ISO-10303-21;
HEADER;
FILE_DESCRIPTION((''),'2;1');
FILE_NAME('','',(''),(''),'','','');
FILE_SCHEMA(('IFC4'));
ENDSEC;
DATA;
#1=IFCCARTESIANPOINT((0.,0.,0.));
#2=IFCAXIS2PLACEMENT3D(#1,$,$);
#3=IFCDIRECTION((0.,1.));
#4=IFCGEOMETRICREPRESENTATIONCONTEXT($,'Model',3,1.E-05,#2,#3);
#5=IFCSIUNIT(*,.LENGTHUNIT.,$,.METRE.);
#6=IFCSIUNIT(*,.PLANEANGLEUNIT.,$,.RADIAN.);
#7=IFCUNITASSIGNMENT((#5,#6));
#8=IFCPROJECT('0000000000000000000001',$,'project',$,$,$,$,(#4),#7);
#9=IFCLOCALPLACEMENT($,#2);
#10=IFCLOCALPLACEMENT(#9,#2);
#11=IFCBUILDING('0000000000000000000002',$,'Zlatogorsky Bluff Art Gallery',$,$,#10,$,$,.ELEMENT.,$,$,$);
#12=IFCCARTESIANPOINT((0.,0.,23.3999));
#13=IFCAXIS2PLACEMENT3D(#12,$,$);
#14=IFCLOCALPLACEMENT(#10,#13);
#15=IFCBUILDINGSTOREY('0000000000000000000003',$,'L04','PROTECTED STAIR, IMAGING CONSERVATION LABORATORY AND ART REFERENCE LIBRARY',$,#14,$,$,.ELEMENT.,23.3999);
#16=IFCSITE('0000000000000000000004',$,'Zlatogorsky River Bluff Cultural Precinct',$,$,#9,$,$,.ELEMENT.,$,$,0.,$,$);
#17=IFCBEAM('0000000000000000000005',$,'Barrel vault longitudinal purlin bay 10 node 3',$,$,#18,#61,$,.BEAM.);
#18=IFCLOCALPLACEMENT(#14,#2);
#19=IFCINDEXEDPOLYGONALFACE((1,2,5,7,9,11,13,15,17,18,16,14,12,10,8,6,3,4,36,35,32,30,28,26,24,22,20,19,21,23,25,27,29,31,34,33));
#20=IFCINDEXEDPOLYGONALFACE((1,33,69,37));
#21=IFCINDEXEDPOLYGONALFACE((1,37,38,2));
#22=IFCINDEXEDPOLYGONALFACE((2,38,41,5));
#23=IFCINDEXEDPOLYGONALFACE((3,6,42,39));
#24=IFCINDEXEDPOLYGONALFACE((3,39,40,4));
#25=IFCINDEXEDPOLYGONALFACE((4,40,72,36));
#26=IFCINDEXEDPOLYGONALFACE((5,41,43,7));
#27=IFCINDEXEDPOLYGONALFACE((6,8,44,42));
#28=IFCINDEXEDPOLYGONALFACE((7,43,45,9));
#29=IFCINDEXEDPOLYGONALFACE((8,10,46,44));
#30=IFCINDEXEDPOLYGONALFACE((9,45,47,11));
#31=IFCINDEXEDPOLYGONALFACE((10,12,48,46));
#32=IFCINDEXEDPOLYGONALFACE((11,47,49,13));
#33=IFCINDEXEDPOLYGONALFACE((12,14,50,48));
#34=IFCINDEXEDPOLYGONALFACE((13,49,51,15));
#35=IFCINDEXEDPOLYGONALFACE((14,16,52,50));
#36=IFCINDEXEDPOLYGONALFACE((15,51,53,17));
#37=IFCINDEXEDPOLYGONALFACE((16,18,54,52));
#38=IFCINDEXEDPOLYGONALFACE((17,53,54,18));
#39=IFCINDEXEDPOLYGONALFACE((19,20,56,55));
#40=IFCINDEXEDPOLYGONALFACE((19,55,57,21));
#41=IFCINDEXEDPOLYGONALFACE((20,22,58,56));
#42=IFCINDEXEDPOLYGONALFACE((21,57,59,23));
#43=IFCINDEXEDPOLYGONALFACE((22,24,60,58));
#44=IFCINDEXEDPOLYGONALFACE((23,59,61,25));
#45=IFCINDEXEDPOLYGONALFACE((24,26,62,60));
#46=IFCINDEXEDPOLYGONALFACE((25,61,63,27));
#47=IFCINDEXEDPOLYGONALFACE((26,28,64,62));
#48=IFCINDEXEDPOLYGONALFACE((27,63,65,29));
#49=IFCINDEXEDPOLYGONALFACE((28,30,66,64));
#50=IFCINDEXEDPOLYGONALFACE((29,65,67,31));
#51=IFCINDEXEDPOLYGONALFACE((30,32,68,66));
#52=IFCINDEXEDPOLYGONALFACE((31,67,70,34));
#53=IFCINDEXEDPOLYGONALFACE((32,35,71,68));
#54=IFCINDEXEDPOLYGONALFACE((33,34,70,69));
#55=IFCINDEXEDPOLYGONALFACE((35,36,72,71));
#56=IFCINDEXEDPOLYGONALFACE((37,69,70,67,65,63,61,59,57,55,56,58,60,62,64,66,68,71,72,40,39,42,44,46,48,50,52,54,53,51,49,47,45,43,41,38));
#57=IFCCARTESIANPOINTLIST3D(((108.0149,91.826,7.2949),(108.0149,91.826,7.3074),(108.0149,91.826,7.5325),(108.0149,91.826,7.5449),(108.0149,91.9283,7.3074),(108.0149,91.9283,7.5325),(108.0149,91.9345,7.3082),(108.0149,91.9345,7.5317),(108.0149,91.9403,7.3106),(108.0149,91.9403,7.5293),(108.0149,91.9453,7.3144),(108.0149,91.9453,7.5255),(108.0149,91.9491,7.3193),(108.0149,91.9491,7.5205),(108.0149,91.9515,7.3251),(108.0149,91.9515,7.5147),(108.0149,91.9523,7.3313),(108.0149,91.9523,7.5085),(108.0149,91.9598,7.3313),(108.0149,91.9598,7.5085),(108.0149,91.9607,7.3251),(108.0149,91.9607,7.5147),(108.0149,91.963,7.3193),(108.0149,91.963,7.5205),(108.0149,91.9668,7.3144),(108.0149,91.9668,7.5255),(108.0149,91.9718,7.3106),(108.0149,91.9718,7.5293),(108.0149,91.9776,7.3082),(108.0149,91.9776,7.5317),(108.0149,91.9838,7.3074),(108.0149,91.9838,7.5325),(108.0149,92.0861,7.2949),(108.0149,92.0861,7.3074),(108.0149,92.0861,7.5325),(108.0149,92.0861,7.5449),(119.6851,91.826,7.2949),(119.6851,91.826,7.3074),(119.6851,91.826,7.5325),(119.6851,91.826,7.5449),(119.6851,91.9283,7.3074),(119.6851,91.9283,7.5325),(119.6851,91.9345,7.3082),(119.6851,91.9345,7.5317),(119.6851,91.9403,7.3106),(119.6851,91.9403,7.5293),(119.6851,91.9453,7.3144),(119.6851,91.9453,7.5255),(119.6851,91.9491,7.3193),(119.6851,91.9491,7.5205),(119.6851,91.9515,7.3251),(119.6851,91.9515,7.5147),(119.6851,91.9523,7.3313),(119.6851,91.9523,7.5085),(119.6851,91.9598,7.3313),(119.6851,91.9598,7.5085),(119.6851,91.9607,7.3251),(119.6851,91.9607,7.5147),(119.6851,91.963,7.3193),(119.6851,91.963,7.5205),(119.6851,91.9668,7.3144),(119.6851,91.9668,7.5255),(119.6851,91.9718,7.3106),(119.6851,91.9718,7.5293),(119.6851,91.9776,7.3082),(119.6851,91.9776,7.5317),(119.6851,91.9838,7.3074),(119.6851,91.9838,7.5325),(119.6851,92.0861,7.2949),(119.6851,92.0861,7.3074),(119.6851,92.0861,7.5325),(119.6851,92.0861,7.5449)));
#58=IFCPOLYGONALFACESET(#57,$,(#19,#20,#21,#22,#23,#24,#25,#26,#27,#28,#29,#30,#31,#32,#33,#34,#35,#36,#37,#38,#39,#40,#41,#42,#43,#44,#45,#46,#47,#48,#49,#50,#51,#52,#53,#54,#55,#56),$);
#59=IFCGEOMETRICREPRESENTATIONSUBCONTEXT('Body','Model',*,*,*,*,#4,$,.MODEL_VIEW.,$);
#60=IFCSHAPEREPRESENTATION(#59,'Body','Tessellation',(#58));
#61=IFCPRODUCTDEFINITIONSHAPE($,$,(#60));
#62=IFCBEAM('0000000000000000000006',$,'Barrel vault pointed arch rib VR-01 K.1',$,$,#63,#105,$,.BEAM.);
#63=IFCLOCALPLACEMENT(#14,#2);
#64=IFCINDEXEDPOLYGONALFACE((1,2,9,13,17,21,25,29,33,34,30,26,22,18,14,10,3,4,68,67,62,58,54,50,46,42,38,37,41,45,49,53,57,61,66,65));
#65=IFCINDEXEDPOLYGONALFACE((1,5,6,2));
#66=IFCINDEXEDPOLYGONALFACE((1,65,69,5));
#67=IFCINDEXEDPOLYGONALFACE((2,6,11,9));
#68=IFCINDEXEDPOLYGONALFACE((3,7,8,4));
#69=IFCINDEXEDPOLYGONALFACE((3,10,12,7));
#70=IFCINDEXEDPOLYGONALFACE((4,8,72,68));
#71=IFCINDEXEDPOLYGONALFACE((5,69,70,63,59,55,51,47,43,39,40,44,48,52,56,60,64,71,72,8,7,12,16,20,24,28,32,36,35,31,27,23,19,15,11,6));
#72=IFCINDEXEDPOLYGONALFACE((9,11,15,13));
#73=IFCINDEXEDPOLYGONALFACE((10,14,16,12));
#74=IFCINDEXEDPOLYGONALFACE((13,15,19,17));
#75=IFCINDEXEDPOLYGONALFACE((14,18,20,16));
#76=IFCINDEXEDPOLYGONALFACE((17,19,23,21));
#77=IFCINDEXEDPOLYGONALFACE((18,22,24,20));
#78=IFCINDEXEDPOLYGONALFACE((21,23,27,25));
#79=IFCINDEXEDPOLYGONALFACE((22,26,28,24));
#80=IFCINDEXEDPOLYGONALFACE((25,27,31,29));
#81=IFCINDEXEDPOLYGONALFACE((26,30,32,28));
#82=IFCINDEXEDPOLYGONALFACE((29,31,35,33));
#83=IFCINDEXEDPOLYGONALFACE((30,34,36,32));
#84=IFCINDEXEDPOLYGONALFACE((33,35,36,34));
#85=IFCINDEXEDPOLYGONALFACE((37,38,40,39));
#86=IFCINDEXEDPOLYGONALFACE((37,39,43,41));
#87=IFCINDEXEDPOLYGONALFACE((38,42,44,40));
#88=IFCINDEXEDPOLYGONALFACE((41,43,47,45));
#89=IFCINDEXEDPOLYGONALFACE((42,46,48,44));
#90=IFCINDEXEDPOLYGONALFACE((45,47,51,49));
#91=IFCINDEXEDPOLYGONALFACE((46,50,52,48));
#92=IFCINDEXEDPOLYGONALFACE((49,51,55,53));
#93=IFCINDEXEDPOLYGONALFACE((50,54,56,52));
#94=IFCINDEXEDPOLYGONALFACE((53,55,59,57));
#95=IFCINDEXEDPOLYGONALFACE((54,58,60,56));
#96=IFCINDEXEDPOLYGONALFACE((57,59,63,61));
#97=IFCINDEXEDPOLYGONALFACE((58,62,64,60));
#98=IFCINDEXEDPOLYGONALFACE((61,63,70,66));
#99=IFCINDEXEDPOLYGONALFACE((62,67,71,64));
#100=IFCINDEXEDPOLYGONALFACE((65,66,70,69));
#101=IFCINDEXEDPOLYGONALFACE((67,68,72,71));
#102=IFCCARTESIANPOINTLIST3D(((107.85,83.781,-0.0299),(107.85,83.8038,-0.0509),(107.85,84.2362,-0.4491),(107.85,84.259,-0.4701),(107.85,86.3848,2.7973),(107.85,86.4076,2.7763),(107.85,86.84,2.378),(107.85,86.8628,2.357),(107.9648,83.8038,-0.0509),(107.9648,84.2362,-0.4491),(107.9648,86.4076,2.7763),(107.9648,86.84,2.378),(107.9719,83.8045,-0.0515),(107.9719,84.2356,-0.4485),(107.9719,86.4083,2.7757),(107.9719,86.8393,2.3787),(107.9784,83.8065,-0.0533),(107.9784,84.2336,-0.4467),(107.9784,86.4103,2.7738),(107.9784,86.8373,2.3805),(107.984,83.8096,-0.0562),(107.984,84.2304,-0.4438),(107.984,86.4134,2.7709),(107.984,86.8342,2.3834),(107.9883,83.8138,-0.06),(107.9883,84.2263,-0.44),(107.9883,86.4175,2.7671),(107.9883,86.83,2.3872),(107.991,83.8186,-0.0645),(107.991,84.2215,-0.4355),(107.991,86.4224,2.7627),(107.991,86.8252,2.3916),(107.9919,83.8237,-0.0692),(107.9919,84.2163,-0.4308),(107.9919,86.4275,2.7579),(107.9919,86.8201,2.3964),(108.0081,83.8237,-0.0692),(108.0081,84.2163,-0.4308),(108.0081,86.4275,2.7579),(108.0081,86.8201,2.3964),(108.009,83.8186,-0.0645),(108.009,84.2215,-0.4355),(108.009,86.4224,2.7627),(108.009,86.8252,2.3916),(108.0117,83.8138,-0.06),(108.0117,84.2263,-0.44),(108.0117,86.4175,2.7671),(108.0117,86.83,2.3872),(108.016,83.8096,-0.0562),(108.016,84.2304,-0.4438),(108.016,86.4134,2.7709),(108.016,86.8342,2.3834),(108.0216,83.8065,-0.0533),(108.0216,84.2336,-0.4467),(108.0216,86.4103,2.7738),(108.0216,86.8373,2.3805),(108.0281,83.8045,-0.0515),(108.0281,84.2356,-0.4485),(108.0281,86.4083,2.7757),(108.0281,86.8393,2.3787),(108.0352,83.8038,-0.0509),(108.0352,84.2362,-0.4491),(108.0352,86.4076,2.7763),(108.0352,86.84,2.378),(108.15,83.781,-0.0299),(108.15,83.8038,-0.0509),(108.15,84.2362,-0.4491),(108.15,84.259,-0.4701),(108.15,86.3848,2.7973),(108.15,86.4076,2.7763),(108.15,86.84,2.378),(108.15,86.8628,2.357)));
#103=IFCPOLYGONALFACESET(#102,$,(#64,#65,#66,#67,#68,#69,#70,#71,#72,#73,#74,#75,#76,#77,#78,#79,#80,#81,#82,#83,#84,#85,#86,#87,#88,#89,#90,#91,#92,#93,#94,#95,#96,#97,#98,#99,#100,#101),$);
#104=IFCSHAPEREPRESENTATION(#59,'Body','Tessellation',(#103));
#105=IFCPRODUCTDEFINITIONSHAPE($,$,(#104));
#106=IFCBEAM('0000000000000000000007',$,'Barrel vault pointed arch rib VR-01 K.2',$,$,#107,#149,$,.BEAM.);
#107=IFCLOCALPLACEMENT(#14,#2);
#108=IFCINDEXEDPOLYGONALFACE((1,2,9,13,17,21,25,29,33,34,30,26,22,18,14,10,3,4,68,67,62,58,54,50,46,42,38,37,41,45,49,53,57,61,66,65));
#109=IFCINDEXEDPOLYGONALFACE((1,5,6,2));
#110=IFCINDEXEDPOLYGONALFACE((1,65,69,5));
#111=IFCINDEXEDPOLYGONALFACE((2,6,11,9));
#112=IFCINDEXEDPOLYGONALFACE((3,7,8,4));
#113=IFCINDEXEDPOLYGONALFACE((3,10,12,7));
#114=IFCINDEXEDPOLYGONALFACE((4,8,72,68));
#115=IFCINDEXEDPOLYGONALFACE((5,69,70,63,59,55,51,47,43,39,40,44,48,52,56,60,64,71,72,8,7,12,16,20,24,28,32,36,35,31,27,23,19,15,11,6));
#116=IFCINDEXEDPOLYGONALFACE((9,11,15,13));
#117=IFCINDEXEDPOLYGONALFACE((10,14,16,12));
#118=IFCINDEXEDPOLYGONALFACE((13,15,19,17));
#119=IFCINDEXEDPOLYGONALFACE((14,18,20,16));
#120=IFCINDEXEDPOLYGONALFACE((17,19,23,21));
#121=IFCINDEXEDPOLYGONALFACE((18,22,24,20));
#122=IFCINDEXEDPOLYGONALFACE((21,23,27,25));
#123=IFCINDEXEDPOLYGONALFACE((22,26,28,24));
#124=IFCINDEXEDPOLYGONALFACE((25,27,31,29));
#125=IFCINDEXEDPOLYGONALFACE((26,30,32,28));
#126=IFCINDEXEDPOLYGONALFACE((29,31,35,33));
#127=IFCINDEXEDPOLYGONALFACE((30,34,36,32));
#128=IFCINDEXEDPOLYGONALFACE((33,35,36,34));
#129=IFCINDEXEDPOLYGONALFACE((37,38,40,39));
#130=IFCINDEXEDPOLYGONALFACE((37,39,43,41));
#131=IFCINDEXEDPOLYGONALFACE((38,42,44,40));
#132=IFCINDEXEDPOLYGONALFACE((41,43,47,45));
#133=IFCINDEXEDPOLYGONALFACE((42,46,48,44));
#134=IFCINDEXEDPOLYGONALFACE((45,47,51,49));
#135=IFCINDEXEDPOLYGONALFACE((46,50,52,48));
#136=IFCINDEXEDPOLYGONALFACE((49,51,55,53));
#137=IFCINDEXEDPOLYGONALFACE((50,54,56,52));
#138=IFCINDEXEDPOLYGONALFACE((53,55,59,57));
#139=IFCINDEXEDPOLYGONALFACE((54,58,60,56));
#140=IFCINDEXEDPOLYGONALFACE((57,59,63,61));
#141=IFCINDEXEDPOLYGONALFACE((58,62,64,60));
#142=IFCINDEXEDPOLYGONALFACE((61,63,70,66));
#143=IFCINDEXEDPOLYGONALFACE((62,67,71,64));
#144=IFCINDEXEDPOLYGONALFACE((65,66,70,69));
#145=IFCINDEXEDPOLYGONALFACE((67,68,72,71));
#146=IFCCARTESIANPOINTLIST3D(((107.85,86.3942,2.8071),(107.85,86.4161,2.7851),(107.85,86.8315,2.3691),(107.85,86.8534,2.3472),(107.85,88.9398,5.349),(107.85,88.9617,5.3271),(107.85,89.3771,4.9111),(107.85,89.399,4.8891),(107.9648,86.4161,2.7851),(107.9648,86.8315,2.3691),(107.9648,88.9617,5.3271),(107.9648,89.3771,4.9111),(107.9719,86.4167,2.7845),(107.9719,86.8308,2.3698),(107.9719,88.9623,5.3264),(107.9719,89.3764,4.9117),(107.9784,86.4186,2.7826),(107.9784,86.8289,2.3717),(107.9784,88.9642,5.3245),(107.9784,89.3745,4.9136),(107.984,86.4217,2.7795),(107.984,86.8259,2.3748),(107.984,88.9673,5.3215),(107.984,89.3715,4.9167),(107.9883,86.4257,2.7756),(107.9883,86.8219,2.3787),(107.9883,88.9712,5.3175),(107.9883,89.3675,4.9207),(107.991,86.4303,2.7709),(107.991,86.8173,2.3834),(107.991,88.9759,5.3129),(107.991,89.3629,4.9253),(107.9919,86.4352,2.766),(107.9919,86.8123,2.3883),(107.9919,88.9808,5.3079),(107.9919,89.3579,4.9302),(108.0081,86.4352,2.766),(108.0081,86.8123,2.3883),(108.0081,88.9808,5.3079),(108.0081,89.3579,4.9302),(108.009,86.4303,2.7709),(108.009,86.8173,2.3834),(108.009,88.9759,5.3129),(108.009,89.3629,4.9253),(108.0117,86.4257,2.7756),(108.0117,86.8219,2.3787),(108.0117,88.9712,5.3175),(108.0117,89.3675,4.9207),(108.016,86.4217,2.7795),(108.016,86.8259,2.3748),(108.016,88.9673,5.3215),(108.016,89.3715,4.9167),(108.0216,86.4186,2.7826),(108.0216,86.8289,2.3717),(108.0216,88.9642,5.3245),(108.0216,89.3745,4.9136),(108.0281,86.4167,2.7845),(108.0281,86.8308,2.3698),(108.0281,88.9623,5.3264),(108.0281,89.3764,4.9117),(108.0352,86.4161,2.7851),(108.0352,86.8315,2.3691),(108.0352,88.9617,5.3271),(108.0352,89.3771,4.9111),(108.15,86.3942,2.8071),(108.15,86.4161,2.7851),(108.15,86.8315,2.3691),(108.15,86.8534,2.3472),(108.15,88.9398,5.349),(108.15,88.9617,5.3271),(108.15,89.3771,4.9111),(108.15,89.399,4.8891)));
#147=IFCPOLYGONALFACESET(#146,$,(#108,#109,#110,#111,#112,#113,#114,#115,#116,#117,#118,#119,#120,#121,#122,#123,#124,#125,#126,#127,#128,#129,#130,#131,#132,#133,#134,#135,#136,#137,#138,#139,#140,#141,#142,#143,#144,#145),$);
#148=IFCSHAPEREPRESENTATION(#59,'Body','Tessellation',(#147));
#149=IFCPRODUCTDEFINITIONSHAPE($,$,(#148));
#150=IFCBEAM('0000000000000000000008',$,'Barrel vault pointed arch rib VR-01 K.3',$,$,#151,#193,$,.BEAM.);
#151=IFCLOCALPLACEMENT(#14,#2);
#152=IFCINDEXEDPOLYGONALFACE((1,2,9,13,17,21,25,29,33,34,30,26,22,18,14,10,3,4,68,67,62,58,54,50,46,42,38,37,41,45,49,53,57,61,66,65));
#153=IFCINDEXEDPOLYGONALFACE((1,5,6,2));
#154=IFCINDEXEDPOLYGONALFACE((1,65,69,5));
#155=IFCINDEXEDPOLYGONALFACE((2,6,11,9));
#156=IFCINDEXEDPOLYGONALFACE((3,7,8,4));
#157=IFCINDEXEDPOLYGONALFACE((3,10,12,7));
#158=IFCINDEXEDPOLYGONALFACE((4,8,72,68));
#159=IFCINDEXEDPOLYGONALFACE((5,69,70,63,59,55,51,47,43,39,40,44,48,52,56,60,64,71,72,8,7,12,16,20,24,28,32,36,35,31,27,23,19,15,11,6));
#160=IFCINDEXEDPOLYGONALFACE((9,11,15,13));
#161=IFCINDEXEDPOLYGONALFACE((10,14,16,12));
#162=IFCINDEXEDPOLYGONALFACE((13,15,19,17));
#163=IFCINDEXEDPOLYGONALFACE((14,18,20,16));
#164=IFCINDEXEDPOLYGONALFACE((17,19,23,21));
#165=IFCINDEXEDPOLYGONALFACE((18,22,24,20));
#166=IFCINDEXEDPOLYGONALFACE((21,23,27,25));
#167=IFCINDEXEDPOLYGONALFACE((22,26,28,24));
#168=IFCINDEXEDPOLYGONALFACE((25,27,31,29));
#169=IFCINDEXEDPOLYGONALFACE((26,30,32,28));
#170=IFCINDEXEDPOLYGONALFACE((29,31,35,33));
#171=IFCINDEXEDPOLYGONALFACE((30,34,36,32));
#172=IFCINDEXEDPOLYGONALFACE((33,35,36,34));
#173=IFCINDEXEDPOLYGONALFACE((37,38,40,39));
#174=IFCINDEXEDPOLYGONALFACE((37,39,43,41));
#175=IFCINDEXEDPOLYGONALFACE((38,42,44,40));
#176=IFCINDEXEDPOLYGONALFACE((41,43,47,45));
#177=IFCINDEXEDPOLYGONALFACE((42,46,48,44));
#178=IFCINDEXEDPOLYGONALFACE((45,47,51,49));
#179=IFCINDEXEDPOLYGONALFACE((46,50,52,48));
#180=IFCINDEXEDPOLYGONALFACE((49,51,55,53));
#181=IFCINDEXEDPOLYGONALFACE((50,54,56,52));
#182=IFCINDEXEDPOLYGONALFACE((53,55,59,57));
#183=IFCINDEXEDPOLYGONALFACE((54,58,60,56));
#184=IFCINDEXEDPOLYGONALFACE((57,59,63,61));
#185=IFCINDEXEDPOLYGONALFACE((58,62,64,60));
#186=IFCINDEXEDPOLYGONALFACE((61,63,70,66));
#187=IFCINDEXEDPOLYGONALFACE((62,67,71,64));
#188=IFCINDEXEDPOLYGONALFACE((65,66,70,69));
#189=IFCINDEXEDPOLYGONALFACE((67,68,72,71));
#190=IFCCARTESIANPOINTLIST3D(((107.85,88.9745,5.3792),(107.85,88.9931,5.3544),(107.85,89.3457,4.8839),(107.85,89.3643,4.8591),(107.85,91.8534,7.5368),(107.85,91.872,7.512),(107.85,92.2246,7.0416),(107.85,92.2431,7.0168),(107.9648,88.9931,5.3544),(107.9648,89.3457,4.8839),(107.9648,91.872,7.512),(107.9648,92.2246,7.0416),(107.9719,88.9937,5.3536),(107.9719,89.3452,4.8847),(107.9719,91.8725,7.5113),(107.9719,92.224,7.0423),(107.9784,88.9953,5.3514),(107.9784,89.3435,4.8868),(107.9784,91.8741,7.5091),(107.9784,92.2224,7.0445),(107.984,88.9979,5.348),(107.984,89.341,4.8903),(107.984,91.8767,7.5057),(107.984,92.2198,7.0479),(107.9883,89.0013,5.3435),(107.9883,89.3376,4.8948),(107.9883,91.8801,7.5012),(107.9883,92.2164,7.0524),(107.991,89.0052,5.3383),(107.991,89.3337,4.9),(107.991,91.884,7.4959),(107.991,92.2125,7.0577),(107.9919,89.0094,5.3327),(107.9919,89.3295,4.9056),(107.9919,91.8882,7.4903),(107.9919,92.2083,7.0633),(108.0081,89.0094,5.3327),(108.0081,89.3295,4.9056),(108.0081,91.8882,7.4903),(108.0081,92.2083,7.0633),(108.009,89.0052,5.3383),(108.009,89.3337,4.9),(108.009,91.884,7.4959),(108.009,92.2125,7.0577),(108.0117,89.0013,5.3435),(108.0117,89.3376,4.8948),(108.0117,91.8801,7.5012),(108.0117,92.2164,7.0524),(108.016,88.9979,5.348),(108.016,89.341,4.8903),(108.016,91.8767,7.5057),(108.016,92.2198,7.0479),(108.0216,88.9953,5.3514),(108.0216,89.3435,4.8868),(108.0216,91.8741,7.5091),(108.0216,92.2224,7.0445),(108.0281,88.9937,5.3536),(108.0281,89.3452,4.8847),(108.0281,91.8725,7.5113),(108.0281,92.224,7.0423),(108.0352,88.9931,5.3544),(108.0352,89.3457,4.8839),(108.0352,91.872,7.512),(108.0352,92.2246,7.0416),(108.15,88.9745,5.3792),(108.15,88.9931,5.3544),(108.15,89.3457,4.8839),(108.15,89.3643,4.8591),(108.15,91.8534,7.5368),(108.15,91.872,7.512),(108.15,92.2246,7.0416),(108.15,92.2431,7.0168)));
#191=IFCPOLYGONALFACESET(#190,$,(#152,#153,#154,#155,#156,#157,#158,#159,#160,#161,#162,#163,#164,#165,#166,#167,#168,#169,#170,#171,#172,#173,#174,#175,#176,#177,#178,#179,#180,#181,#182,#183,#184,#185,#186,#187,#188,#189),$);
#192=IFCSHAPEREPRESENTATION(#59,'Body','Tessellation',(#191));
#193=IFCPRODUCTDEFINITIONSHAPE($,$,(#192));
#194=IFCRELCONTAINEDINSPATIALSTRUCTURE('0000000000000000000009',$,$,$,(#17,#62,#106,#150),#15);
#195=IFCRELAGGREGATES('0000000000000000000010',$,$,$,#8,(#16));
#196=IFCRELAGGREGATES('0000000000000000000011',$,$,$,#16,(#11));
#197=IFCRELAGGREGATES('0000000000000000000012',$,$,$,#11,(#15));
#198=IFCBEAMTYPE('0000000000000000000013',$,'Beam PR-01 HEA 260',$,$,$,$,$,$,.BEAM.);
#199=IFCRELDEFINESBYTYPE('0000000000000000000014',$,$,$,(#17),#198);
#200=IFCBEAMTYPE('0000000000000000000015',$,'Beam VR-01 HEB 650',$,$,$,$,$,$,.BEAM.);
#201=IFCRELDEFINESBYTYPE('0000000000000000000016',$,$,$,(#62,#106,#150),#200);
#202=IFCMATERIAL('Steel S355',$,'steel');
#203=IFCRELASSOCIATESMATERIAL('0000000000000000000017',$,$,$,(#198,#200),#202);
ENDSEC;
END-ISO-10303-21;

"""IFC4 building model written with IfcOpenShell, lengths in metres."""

from ifc_helpers import new_model, si_unit, direction, frame, origin, origin_2d, place, context, subcontext, project, spatial, i_section, extrude, material, material_profile, profile_set, type_object, element, save


model = new_model("IFC4")

# Units and contexts
model_context = context("Model", 3, precision=1e-05, world=origin(), true_north=direction((0.0, 1.0)))
body_context = subcontext(model_context, "Body", "Model", "MODEL_VIEW")
ifc_project = project(units=[si_unit("LENGTHUNIT", "METRE"), si_unit("PLANEANGLEUNIT", "RADIAN")], contexts=[model_context])

# Site, building, storey
site_placement = place(None, origin())
site = spatial("IfcSite", under=ifc_project, at=site_placement, Name="Zlatogorsky River Bluff Cultural Precinct", CompositionType="ELEMENT", RefElevation=0.0)
building_placement = place(site_placement, origin())
building = spatial("IfcBuilding", under=site, at=building_placement, Name="Zlatogorsky Bluff Art Gallery", CompositionType="ELEMENT")
storey_placement = place(building_placement, frame((0.0, 0.0, 23.3999)))
storey = spatial("IfcBuildingStorey", under=building, at=storey_placement, Name="L04", Description="PROTECTED STAIR, IMAGING CONSERVATION LABORATORY AND ART REFERENCE LIBRARY", CompositionType="ELEMENT", Elevation=23.3999)

# Shared definitions
ifc_material_1 = material(Name="Steel S355", Category="steel")

# Beams
ifc_material_profile_1 = material_profile(ifc_material_1, i_section(OverallWidth=0.26, OverallDepth=0.25, WebThickness=0.0076, FlangeThickness=0.0125, FilletRadius=0.0239, at=origin_2d()), Name="HEA 260")
ifc_profile_set_1 = profile_set([ifc_material_profile_1], Name="Steel S355")
beam_type_1 = type_object("IfcBeamType", Name="Beam PR-01 HEA 260", PredefinedType="BEAM", material=ifc_profile_set_1)
for number, where, z_axis, x_axis, name in (
    (1, (108.0149, 91.9561, 7.4199), (1.0, 0.0, 0.0), (0.0, 1.0, 0.0), "Barrel vault longitudinal purlin bay 10 node 3"),
):
    element("IfcBeam", number, at=place(storey_placement, frame(where, z_axis=z_axis, x_axis=x_axis)), inside=storey, type_object=beam_type_1, Name=name, PredefinedType="BEAM", context=body_context, shape_type="SweptSolid", body=[
        extrude(i_section(OverallWidth=0.26, OverallDepth=0.25, WebThickness=0.0076, FlangeThickness=0.0125, FilletRadius=0.0239, at=origin_2d()), origin(), (0.0, 0.0, 1.0), 11.6702),
    ])
ifc_material_profile_2 = material_profile(ifc_material_1, i_section(OverallWidth=0.3, OverallDepth=0.6499, WebThickness=0.0161, FlangeThickness=0.031, FilletRadius=0.0271, at=origin_2d()), Name="HEB 650")
ifc_profile_set_2 = profile_set([ifc_material_profile_2], Name="Steel S355")
beam_type_2 = type_object("IfcBeamType", Name="Beam VR-01 HEB 650", PredefinedType="BEAM", material=ifc_profile_set_2)
beam_1_placement = place(storey_placement, frame((108.0, 84.02, -0.25), z_axis=(0.0, 0.677449, 0.73557), x_axis=(-1.0, 0.0, 0.0)))
element("IfcBeam", 2, at=beam_1_placement, inside=storey, type_object=beam_type_2, Name="Barrel vault pointed arch rib VR-01 K.1", PredefinedType="BEAM", context=body_context, shape_type="SweptSolid", body=[
    extrude(i_section(OverallWidth=0.3, OverallDepth=0.6499, WebThickness=0.0161, FlangeThickness=0.031, FilletRadius=0.0271, at=origin_2d()), origin(), (0.0, 0.0, 1.0), 3.8435),
])
beam_2_placement = place(storey_placement, frame((108.0, 86.6238, 2.5771), z_axis=(0.0, 0.707616, 0.706598), x_axis=(-1.0, 0.0, 0.0)))
element("IfcBeam", 3, at=beam_2_placement, inside=storey, type_object=beam_type_2, Name="Barrel vault pointed arch rib VR-01 K.2", PredefinedType="BEAM", context=body_context, shape_type="SweptSolid", body=[
    extrude(i_section(OverallWidth=0.3, OverallDepth=0.6499, WebThickness=0.0161, FlangeThickness=0.031, FilletRadius=0.0271, at=origin_2d()), origin(), (0.0, 0.0, 1.0), 3.5974),
])
beam_3_placement = place(storey_placement, frame((108.0, 89.1694, 5.1191), z_axis=(0.0, 0.800195, 0.599739), x_axis=(-1.0, 0.0, 0.0)))
element("IfcBeam", 4, at=beam_3_placement, inside=storey, type_object=beam_type_2, Name="Barrel vault pointed arch rib VR-01 K.3", PredefinedType="BEAM", context=body_context, shape_type="SweptSolid", body=[
    extrude(i_section(OverallWidth=0.3, OverallDepth=0.6499, WebThickness=0.0161, FlangeThickness=0.031, FilletRadius=0.0271, at=origin_2d()), origin(), (0.0, 0.0, 1.0), 3.5977),
])

save(model, "model.ifc")
